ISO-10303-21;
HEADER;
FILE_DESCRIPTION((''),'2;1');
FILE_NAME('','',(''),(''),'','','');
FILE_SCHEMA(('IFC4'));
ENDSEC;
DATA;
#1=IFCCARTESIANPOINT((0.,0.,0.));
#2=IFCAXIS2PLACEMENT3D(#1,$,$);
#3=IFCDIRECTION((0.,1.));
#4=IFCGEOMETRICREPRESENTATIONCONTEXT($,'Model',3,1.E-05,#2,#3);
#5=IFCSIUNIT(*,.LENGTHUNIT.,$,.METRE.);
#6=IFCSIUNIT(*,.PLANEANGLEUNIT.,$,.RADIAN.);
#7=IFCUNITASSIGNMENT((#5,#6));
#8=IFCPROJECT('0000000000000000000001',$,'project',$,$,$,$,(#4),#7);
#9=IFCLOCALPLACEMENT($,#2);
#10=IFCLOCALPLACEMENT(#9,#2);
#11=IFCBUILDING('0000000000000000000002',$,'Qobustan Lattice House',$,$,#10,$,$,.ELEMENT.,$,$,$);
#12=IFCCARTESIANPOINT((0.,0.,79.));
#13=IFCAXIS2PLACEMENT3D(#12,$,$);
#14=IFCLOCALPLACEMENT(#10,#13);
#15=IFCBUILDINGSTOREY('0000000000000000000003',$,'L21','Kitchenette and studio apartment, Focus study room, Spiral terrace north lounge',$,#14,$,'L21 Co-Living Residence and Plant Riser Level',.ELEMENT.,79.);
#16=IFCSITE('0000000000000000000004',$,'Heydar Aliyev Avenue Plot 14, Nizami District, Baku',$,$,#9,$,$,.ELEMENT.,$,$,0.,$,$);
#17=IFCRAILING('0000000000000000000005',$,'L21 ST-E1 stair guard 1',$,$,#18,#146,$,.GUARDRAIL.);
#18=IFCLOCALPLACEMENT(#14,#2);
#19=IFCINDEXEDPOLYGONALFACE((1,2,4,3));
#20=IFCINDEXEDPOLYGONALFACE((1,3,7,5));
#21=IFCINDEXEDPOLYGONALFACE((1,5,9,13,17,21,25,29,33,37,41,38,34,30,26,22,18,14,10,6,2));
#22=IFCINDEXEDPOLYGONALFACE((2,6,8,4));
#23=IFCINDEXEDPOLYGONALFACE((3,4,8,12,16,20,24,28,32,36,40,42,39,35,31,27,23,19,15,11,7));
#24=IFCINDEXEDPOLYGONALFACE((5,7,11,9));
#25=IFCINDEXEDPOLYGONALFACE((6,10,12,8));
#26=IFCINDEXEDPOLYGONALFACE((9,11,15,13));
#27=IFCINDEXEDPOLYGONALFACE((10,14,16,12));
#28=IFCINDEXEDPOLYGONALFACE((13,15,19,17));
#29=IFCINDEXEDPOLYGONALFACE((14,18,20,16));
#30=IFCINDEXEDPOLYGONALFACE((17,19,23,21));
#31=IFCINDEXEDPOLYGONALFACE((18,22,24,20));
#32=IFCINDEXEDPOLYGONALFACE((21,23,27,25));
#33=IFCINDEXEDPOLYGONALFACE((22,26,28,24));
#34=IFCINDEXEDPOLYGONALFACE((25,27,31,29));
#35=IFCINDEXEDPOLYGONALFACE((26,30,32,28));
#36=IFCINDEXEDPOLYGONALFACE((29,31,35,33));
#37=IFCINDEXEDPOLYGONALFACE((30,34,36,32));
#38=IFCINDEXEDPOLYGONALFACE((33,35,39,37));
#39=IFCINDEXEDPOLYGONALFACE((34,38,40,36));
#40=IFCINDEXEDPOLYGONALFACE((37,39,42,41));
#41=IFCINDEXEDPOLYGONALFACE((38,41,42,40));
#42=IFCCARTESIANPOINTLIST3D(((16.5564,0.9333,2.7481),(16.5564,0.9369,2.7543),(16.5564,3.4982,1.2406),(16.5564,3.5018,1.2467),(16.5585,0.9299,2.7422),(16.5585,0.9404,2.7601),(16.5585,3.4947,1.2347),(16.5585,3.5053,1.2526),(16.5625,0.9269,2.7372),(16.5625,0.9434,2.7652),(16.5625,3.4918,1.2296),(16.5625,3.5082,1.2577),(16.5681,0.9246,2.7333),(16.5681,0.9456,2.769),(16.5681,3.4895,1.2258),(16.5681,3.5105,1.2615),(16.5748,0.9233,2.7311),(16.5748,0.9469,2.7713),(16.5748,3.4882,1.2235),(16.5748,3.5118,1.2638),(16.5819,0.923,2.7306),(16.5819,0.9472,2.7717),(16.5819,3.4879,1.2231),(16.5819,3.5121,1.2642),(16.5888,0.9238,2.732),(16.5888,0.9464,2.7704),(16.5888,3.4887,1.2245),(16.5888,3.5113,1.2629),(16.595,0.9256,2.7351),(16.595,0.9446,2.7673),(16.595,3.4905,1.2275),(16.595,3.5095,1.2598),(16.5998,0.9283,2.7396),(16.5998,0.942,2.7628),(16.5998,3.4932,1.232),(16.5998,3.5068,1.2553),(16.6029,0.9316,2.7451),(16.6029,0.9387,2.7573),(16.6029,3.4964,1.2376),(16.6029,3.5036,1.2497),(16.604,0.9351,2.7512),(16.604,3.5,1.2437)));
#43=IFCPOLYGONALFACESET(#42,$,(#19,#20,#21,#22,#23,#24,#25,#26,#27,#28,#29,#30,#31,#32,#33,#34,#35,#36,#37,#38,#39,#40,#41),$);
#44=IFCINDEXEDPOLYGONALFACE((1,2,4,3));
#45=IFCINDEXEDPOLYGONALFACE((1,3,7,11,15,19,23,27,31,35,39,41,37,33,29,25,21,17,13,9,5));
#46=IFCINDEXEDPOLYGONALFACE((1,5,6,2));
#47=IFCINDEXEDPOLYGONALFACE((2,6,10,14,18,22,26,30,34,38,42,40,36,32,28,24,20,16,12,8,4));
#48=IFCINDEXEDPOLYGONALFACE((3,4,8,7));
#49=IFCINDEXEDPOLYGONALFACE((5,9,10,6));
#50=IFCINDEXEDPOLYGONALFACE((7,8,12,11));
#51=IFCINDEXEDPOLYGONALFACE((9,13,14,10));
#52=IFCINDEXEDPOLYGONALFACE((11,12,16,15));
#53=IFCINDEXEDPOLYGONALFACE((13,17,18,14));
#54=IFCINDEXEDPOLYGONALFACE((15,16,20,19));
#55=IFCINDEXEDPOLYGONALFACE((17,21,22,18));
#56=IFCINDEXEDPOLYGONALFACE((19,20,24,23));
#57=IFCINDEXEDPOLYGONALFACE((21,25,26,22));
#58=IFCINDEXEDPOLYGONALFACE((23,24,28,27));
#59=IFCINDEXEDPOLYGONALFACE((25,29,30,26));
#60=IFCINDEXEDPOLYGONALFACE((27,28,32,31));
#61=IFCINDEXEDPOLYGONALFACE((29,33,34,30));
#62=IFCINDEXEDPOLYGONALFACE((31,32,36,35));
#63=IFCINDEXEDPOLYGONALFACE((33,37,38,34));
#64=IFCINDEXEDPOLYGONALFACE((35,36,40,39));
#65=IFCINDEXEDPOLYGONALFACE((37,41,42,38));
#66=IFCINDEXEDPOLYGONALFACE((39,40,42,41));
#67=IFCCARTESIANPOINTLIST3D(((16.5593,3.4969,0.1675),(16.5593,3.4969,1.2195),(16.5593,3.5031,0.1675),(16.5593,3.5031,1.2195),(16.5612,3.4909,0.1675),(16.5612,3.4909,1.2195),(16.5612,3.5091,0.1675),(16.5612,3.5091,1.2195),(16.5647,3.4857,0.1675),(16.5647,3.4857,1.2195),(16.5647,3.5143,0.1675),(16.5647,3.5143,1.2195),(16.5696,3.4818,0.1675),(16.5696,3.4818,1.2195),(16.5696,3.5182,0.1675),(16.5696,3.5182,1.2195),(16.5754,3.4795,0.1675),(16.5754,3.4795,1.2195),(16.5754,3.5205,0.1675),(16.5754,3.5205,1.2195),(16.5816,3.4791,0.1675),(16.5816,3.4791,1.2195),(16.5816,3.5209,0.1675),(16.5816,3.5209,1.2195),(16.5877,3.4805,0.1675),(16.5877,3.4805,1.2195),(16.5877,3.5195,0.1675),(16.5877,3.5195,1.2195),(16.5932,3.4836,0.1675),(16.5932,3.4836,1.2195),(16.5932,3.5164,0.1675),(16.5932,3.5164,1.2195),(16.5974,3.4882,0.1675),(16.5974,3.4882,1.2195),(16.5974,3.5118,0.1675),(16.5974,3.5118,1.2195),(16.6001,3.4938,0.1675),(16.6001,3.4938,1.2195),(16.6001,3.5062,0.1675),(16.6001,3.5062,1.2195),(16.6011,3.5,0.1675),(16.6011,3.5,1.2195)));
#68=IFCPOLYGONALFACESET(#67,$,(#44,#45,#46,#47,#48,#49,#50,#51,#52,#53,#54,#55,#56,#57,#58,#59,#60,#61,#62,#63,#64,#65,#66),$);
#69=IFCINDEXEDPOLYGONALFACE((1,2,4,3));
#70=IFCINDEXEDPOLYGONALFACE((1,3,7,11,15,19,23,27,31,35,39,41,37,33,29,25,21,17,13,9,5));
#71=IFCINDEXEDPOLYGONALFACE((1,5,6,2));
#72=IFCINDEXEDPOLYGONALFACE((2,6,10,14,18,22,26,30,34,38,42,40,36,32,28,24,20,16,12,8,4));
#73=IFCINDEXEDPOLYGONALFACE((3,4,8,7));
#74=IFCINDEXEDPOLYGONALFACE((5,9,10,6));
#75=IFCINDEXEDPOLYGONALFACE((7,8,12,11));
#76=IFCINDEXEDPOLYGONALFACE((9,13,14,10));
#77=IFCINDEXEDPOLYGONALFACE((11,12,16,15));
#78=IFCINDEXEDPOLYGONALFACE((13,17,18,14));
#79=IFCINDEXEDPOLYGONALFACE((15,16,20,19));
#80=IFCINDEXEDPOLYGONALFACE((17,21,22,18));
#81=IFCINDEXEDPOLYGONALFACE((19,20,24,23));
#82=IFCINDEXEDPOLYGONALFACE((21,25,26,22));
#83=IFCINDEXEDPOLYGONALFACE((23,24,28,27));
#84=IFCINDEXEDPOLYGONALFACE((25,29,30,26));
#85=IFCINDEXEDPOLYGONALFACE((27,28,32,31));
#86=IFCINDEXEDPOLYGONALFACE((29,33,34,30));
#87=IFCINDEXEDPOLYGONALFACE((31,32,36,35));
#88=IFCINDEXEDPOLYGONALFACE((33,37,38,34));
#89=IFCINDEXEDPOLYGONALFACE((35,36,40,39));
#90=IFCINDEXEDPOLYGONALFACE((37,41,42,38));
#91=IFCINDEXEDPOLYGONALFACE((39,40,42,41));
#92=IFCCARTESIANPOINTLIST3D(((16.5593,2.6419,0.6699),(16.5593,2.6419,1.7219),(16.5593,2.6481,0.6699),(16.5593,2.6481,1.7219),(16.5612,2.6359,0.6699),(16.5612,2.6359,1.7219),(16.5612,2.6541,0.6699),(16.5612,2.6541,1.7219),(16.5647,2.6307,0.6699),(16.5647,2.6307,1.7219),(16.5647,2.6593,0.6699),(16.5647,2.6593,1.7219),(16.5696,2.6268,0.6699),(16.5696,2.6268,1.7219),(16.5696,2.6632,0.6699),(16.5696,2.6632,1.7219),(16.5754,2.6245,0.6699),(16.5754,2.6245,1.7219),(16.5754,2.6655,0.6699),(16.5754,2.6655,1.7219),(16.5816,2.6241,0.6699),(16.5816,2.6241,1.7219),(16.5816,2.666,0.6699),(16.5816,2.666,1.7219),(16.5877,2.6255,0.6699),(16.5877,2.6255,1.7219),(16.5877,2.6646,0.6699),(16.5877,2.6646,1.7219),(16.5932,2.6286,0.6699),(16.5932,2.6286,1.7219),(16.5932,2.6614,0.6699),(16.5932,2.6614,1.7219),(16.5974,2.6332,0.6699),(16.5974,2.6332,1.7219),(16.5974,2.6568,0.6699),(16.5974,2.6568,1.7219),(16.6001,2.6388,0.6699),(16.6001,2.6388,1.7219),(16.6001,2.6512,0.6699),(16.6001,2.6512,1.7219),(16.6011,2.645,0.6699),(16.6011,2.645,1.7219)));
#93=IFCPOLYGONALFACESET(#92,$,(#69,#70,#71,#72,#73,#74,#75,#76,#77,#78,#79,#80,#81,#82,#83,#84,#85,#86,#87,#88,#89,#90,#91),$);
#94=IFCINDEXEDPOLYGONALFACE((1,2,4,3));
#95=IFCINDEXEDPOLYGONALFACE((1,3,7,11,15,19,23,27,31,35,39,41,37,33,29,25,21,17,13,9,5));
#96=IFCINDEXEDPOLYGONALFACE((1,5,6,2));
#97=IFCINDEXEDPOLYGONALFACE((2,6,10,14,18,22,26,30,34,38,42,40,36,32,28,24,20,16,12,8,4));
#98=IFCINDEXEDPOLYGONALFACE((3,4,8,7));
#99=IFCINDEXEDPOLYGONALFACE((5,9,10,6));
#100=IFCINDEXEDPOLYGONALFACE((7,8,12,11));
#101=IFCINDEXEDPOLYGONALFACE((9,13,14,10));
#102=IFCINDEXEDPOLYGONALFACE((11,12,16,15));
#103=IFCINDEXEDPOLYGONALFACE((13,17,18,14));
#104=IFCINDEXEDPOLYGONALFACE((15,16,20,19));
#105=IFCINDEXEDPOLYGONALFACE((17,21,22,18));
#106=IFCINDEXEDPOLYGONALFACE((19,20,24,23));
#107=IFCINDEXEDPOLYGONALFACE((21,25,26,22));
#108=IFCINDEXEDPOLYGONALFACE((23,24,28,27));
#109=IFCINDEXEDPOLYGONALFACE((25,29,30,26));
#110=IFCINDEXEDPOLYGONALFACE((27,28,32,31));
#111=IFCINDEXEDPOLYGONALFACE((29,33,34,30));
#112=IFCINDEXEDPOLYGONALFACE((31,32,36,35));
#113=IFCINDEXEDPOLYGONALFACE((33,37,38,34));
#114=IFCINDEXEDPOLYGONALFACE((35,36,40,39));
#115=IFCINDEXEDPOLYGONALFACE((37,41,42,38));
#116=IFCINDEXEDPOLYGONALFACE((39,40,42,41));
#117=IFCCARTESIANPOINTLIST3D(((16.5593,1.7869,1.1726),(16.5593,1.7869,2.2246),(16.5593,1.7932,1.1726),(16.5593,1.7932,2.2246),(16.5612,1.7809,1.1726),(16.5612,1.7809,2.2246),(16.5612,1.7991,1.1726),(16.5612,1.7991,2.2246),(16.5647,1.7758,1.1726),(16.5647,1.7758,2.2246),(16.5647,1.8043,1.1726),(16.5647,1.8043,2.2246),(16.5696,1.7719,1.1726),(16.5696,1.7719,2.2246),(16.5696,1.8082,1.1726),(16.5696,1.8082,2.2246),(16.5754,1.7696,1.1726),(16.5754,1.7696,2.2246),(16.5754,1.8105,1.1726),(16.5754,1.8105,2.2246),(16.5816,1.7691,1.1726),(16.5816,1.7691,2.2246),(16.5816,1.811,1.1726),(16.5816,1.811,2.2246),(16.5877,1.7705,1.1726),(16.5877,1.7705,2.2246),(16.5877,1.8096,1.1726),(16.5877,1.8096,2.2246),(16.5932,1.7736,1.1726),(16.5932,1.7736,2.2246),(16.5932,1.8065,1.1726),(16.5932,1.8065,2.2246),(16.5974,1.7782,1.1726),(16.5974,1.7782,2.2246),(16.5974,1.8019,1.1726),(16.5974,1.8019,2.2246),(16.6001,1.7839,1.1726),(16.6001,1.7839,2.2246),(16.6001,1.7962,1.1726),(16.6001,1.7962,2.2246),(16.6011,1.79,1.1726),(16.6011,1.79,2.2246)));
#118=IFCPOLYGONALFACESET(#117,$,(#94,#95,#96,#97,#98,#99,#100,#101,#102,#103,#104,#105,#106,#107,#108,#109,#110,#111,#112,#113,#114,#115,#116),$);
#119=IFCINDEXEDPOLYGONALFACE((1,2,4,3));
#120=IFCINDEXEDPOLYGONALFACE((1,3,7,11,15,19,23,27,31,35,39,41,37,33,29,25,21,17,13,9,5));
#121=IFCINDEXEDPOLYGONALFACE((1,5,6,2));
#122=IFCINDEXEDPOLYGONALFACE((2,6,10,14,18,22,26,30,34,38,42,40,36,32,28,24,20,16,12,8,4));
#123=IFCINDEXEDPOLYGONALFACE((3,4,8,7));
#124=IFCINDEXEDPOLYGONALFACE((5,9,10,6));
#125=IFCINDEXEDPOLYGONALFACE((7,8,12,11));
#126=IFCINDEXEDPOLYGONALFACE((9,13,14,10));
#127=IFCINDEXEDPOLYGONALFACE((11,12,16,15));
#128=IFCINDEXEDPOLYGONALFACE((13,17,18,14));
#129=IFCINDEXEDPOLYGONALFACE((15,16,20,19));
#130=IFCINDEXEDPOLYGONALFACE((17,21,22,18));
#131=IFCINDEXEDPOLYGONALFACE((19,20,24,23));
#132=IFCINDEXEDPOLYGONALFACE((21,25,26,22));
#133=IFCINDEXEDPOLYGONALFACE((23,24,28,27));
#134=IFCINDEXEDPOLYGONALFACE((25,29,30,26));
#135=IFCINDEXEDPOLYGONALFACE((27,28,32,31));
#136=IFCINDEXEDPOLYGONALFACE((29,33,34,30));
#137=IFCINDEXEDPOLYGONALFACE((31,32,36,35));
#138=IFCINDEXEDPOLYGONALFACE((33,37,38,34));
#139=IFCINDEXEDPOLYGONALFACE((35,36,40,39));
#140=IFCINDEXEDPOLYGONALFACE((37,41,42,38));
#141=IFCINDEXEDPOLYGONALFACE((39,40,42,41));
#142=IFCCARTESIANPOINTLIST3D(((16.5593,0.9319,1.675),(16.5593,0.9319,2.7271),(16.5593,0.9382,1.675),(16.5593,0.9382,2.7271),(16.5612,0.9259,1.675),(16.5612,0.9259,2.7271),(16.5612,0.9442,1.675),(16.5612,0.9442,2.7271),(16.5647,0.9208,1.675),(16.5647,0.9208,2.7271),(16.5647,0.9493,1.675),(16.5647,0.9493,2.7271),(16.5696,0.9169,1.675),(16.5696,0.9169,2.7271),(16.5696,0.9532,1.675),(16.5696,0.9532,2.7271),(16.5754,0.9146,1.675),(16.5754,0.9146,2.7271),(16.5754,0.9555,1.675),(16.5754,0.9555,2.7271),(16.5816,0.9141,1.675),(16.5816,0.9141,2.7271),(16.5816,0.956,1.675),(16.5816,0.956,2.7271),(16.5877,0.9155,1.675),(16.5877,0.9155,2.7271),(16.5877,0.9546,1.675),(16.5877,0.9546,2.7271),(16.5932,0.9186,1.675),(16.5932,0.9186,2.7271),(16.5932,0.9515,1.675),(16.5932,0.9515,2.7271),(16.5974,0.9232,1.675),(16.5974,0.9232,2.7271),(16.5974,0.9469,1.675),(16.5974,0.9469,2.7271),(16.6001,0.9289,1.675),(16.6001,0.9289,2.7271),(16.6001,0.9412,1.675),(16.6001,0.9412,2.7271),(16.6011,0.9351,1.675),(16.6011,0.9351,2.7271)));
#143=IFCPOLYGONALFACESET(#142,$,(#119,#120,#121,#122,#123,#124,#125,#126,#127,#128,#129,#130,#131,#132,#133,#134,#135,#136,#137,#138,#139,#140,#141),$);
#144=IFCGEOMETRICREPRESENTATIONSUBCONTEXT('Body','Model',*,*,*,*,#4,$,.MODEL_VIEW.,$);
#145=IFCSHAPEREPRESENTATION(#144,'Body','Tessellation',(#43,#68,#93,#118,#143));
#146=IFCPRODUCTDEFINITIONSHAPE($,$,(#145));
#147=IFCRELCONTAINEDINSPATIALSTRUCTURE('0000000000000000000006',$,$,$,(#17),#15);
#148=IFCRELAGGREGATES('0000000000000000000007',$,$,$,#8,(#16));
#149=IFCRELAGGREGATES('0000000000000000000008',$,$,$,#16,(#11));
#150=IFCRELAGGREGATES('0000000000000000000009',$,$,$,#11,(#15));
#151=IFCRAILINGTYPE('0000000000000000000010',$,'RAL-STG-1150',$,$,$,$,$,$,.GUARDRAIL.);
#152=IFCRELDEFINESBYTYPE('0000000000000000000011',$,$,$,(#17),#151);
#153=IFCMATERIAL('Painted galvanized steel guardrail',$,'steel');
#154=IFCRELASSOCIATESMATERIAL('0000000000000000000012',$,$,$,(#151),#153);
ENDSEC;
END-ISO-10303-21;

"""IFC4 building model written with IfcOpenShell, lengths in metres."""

from ifc_helpers import new_model, si_unit, direction, frame, origin, origin_2d, place, context, subcontext, project, spatial, circle, extrude, material, type_object, element, save


model = new_model("IFC4")

# Units and contexts
model_context = context("Model", 3, precision=1e-05, world=origin(), true_north=direction((0.0, 1.0)))
body_context = subcontext(model_context, "Body", "Model", "MODEL_VIEW")
ifc_project = project(units=[si_unit("LENGTHUNIT", "METRE"), si_unit("PLANEANGLEUNIT", "RADIAN")], contexts=[model_context])

# Site, building, storey
site_placement = place(None, origin())
site = spatial("IfcSite", under=ifc_project, at=site_placement, Name="Heydar Aliyev Avenue Plot 14, Nizami District, Baku", CompositionType="ELEMENT", RefElevation=0.0)
building_placement = place(site_placement, origin())
building = spatial("IfcBuilding", under=site, at=building_placement, Name="Qobustan Lattice House", CompositionType="ELEMENT")
storey_placement = place(building_placement, frame((0.0, 0.0, 79.0)))
storey = spatial("IfcBuildingStorey", under=building, at=storey_placement, Name="L21", Description="Kitchenette and studio apartment, Focus study room, Spiral terrace north lounge", LongName="L21 Co-Living Residence and Plant Riser Level", CompositionType="ELEMENT", Elevation=79.0)

# Railing
ifc_material_1 = material(Name="Painted galvanized steel guardrail", Category="steel")
railing_type_1 = type_object("IfcRailingType", Name="RAL-STG-1150", PredefinedType="GUARDRAIL", material=ifc_material_1)
railing_1_placement = place(storey_placement, frame((16.5801, 3.5, 0.1675)))
element("IfcRailing", 1, at=railing_1_placement, inside=storey, type_object=railing_type_1, Name="L21 ST-E1 stair guard 1", PredefinedType="GUARDRAIL", context=body_context, shape_type="SweptSolid", body=[
    extrude(circle(Radius=0.0239, at=origin_2d()), frame((0.0, 0.0, 1.0762), z_axis=(0.0, -0.862113, 0.506715), x_axis=(1.0, 0.0, 0.0)), (0.0, 0.0, 1.0), 2.9751),
    extrude(circle(Radius=0.021, at=origin_2d()), origin(), (0.0, 0.0, 1.0), 1.052),
    extrude(circle(Radius=0.021, at=origin_2d()), frame((0.0, -0.855, 0.5024)), (0.0, 0.0, 1.0), 1.052),
    extrude(circle(Radius=0.021, at=origin_2d()), frame((0.0, -1.71, 1.0051)), (0.0, 0.0, 1.0), 1.052),
    extrude(circle(Radius=0.021, at=origin_2d()), frame((0.0, -2.5649, 1.5076)), (0.0, 0.0, 1.0), 1.052),
])

save(model, "model.ifc")
